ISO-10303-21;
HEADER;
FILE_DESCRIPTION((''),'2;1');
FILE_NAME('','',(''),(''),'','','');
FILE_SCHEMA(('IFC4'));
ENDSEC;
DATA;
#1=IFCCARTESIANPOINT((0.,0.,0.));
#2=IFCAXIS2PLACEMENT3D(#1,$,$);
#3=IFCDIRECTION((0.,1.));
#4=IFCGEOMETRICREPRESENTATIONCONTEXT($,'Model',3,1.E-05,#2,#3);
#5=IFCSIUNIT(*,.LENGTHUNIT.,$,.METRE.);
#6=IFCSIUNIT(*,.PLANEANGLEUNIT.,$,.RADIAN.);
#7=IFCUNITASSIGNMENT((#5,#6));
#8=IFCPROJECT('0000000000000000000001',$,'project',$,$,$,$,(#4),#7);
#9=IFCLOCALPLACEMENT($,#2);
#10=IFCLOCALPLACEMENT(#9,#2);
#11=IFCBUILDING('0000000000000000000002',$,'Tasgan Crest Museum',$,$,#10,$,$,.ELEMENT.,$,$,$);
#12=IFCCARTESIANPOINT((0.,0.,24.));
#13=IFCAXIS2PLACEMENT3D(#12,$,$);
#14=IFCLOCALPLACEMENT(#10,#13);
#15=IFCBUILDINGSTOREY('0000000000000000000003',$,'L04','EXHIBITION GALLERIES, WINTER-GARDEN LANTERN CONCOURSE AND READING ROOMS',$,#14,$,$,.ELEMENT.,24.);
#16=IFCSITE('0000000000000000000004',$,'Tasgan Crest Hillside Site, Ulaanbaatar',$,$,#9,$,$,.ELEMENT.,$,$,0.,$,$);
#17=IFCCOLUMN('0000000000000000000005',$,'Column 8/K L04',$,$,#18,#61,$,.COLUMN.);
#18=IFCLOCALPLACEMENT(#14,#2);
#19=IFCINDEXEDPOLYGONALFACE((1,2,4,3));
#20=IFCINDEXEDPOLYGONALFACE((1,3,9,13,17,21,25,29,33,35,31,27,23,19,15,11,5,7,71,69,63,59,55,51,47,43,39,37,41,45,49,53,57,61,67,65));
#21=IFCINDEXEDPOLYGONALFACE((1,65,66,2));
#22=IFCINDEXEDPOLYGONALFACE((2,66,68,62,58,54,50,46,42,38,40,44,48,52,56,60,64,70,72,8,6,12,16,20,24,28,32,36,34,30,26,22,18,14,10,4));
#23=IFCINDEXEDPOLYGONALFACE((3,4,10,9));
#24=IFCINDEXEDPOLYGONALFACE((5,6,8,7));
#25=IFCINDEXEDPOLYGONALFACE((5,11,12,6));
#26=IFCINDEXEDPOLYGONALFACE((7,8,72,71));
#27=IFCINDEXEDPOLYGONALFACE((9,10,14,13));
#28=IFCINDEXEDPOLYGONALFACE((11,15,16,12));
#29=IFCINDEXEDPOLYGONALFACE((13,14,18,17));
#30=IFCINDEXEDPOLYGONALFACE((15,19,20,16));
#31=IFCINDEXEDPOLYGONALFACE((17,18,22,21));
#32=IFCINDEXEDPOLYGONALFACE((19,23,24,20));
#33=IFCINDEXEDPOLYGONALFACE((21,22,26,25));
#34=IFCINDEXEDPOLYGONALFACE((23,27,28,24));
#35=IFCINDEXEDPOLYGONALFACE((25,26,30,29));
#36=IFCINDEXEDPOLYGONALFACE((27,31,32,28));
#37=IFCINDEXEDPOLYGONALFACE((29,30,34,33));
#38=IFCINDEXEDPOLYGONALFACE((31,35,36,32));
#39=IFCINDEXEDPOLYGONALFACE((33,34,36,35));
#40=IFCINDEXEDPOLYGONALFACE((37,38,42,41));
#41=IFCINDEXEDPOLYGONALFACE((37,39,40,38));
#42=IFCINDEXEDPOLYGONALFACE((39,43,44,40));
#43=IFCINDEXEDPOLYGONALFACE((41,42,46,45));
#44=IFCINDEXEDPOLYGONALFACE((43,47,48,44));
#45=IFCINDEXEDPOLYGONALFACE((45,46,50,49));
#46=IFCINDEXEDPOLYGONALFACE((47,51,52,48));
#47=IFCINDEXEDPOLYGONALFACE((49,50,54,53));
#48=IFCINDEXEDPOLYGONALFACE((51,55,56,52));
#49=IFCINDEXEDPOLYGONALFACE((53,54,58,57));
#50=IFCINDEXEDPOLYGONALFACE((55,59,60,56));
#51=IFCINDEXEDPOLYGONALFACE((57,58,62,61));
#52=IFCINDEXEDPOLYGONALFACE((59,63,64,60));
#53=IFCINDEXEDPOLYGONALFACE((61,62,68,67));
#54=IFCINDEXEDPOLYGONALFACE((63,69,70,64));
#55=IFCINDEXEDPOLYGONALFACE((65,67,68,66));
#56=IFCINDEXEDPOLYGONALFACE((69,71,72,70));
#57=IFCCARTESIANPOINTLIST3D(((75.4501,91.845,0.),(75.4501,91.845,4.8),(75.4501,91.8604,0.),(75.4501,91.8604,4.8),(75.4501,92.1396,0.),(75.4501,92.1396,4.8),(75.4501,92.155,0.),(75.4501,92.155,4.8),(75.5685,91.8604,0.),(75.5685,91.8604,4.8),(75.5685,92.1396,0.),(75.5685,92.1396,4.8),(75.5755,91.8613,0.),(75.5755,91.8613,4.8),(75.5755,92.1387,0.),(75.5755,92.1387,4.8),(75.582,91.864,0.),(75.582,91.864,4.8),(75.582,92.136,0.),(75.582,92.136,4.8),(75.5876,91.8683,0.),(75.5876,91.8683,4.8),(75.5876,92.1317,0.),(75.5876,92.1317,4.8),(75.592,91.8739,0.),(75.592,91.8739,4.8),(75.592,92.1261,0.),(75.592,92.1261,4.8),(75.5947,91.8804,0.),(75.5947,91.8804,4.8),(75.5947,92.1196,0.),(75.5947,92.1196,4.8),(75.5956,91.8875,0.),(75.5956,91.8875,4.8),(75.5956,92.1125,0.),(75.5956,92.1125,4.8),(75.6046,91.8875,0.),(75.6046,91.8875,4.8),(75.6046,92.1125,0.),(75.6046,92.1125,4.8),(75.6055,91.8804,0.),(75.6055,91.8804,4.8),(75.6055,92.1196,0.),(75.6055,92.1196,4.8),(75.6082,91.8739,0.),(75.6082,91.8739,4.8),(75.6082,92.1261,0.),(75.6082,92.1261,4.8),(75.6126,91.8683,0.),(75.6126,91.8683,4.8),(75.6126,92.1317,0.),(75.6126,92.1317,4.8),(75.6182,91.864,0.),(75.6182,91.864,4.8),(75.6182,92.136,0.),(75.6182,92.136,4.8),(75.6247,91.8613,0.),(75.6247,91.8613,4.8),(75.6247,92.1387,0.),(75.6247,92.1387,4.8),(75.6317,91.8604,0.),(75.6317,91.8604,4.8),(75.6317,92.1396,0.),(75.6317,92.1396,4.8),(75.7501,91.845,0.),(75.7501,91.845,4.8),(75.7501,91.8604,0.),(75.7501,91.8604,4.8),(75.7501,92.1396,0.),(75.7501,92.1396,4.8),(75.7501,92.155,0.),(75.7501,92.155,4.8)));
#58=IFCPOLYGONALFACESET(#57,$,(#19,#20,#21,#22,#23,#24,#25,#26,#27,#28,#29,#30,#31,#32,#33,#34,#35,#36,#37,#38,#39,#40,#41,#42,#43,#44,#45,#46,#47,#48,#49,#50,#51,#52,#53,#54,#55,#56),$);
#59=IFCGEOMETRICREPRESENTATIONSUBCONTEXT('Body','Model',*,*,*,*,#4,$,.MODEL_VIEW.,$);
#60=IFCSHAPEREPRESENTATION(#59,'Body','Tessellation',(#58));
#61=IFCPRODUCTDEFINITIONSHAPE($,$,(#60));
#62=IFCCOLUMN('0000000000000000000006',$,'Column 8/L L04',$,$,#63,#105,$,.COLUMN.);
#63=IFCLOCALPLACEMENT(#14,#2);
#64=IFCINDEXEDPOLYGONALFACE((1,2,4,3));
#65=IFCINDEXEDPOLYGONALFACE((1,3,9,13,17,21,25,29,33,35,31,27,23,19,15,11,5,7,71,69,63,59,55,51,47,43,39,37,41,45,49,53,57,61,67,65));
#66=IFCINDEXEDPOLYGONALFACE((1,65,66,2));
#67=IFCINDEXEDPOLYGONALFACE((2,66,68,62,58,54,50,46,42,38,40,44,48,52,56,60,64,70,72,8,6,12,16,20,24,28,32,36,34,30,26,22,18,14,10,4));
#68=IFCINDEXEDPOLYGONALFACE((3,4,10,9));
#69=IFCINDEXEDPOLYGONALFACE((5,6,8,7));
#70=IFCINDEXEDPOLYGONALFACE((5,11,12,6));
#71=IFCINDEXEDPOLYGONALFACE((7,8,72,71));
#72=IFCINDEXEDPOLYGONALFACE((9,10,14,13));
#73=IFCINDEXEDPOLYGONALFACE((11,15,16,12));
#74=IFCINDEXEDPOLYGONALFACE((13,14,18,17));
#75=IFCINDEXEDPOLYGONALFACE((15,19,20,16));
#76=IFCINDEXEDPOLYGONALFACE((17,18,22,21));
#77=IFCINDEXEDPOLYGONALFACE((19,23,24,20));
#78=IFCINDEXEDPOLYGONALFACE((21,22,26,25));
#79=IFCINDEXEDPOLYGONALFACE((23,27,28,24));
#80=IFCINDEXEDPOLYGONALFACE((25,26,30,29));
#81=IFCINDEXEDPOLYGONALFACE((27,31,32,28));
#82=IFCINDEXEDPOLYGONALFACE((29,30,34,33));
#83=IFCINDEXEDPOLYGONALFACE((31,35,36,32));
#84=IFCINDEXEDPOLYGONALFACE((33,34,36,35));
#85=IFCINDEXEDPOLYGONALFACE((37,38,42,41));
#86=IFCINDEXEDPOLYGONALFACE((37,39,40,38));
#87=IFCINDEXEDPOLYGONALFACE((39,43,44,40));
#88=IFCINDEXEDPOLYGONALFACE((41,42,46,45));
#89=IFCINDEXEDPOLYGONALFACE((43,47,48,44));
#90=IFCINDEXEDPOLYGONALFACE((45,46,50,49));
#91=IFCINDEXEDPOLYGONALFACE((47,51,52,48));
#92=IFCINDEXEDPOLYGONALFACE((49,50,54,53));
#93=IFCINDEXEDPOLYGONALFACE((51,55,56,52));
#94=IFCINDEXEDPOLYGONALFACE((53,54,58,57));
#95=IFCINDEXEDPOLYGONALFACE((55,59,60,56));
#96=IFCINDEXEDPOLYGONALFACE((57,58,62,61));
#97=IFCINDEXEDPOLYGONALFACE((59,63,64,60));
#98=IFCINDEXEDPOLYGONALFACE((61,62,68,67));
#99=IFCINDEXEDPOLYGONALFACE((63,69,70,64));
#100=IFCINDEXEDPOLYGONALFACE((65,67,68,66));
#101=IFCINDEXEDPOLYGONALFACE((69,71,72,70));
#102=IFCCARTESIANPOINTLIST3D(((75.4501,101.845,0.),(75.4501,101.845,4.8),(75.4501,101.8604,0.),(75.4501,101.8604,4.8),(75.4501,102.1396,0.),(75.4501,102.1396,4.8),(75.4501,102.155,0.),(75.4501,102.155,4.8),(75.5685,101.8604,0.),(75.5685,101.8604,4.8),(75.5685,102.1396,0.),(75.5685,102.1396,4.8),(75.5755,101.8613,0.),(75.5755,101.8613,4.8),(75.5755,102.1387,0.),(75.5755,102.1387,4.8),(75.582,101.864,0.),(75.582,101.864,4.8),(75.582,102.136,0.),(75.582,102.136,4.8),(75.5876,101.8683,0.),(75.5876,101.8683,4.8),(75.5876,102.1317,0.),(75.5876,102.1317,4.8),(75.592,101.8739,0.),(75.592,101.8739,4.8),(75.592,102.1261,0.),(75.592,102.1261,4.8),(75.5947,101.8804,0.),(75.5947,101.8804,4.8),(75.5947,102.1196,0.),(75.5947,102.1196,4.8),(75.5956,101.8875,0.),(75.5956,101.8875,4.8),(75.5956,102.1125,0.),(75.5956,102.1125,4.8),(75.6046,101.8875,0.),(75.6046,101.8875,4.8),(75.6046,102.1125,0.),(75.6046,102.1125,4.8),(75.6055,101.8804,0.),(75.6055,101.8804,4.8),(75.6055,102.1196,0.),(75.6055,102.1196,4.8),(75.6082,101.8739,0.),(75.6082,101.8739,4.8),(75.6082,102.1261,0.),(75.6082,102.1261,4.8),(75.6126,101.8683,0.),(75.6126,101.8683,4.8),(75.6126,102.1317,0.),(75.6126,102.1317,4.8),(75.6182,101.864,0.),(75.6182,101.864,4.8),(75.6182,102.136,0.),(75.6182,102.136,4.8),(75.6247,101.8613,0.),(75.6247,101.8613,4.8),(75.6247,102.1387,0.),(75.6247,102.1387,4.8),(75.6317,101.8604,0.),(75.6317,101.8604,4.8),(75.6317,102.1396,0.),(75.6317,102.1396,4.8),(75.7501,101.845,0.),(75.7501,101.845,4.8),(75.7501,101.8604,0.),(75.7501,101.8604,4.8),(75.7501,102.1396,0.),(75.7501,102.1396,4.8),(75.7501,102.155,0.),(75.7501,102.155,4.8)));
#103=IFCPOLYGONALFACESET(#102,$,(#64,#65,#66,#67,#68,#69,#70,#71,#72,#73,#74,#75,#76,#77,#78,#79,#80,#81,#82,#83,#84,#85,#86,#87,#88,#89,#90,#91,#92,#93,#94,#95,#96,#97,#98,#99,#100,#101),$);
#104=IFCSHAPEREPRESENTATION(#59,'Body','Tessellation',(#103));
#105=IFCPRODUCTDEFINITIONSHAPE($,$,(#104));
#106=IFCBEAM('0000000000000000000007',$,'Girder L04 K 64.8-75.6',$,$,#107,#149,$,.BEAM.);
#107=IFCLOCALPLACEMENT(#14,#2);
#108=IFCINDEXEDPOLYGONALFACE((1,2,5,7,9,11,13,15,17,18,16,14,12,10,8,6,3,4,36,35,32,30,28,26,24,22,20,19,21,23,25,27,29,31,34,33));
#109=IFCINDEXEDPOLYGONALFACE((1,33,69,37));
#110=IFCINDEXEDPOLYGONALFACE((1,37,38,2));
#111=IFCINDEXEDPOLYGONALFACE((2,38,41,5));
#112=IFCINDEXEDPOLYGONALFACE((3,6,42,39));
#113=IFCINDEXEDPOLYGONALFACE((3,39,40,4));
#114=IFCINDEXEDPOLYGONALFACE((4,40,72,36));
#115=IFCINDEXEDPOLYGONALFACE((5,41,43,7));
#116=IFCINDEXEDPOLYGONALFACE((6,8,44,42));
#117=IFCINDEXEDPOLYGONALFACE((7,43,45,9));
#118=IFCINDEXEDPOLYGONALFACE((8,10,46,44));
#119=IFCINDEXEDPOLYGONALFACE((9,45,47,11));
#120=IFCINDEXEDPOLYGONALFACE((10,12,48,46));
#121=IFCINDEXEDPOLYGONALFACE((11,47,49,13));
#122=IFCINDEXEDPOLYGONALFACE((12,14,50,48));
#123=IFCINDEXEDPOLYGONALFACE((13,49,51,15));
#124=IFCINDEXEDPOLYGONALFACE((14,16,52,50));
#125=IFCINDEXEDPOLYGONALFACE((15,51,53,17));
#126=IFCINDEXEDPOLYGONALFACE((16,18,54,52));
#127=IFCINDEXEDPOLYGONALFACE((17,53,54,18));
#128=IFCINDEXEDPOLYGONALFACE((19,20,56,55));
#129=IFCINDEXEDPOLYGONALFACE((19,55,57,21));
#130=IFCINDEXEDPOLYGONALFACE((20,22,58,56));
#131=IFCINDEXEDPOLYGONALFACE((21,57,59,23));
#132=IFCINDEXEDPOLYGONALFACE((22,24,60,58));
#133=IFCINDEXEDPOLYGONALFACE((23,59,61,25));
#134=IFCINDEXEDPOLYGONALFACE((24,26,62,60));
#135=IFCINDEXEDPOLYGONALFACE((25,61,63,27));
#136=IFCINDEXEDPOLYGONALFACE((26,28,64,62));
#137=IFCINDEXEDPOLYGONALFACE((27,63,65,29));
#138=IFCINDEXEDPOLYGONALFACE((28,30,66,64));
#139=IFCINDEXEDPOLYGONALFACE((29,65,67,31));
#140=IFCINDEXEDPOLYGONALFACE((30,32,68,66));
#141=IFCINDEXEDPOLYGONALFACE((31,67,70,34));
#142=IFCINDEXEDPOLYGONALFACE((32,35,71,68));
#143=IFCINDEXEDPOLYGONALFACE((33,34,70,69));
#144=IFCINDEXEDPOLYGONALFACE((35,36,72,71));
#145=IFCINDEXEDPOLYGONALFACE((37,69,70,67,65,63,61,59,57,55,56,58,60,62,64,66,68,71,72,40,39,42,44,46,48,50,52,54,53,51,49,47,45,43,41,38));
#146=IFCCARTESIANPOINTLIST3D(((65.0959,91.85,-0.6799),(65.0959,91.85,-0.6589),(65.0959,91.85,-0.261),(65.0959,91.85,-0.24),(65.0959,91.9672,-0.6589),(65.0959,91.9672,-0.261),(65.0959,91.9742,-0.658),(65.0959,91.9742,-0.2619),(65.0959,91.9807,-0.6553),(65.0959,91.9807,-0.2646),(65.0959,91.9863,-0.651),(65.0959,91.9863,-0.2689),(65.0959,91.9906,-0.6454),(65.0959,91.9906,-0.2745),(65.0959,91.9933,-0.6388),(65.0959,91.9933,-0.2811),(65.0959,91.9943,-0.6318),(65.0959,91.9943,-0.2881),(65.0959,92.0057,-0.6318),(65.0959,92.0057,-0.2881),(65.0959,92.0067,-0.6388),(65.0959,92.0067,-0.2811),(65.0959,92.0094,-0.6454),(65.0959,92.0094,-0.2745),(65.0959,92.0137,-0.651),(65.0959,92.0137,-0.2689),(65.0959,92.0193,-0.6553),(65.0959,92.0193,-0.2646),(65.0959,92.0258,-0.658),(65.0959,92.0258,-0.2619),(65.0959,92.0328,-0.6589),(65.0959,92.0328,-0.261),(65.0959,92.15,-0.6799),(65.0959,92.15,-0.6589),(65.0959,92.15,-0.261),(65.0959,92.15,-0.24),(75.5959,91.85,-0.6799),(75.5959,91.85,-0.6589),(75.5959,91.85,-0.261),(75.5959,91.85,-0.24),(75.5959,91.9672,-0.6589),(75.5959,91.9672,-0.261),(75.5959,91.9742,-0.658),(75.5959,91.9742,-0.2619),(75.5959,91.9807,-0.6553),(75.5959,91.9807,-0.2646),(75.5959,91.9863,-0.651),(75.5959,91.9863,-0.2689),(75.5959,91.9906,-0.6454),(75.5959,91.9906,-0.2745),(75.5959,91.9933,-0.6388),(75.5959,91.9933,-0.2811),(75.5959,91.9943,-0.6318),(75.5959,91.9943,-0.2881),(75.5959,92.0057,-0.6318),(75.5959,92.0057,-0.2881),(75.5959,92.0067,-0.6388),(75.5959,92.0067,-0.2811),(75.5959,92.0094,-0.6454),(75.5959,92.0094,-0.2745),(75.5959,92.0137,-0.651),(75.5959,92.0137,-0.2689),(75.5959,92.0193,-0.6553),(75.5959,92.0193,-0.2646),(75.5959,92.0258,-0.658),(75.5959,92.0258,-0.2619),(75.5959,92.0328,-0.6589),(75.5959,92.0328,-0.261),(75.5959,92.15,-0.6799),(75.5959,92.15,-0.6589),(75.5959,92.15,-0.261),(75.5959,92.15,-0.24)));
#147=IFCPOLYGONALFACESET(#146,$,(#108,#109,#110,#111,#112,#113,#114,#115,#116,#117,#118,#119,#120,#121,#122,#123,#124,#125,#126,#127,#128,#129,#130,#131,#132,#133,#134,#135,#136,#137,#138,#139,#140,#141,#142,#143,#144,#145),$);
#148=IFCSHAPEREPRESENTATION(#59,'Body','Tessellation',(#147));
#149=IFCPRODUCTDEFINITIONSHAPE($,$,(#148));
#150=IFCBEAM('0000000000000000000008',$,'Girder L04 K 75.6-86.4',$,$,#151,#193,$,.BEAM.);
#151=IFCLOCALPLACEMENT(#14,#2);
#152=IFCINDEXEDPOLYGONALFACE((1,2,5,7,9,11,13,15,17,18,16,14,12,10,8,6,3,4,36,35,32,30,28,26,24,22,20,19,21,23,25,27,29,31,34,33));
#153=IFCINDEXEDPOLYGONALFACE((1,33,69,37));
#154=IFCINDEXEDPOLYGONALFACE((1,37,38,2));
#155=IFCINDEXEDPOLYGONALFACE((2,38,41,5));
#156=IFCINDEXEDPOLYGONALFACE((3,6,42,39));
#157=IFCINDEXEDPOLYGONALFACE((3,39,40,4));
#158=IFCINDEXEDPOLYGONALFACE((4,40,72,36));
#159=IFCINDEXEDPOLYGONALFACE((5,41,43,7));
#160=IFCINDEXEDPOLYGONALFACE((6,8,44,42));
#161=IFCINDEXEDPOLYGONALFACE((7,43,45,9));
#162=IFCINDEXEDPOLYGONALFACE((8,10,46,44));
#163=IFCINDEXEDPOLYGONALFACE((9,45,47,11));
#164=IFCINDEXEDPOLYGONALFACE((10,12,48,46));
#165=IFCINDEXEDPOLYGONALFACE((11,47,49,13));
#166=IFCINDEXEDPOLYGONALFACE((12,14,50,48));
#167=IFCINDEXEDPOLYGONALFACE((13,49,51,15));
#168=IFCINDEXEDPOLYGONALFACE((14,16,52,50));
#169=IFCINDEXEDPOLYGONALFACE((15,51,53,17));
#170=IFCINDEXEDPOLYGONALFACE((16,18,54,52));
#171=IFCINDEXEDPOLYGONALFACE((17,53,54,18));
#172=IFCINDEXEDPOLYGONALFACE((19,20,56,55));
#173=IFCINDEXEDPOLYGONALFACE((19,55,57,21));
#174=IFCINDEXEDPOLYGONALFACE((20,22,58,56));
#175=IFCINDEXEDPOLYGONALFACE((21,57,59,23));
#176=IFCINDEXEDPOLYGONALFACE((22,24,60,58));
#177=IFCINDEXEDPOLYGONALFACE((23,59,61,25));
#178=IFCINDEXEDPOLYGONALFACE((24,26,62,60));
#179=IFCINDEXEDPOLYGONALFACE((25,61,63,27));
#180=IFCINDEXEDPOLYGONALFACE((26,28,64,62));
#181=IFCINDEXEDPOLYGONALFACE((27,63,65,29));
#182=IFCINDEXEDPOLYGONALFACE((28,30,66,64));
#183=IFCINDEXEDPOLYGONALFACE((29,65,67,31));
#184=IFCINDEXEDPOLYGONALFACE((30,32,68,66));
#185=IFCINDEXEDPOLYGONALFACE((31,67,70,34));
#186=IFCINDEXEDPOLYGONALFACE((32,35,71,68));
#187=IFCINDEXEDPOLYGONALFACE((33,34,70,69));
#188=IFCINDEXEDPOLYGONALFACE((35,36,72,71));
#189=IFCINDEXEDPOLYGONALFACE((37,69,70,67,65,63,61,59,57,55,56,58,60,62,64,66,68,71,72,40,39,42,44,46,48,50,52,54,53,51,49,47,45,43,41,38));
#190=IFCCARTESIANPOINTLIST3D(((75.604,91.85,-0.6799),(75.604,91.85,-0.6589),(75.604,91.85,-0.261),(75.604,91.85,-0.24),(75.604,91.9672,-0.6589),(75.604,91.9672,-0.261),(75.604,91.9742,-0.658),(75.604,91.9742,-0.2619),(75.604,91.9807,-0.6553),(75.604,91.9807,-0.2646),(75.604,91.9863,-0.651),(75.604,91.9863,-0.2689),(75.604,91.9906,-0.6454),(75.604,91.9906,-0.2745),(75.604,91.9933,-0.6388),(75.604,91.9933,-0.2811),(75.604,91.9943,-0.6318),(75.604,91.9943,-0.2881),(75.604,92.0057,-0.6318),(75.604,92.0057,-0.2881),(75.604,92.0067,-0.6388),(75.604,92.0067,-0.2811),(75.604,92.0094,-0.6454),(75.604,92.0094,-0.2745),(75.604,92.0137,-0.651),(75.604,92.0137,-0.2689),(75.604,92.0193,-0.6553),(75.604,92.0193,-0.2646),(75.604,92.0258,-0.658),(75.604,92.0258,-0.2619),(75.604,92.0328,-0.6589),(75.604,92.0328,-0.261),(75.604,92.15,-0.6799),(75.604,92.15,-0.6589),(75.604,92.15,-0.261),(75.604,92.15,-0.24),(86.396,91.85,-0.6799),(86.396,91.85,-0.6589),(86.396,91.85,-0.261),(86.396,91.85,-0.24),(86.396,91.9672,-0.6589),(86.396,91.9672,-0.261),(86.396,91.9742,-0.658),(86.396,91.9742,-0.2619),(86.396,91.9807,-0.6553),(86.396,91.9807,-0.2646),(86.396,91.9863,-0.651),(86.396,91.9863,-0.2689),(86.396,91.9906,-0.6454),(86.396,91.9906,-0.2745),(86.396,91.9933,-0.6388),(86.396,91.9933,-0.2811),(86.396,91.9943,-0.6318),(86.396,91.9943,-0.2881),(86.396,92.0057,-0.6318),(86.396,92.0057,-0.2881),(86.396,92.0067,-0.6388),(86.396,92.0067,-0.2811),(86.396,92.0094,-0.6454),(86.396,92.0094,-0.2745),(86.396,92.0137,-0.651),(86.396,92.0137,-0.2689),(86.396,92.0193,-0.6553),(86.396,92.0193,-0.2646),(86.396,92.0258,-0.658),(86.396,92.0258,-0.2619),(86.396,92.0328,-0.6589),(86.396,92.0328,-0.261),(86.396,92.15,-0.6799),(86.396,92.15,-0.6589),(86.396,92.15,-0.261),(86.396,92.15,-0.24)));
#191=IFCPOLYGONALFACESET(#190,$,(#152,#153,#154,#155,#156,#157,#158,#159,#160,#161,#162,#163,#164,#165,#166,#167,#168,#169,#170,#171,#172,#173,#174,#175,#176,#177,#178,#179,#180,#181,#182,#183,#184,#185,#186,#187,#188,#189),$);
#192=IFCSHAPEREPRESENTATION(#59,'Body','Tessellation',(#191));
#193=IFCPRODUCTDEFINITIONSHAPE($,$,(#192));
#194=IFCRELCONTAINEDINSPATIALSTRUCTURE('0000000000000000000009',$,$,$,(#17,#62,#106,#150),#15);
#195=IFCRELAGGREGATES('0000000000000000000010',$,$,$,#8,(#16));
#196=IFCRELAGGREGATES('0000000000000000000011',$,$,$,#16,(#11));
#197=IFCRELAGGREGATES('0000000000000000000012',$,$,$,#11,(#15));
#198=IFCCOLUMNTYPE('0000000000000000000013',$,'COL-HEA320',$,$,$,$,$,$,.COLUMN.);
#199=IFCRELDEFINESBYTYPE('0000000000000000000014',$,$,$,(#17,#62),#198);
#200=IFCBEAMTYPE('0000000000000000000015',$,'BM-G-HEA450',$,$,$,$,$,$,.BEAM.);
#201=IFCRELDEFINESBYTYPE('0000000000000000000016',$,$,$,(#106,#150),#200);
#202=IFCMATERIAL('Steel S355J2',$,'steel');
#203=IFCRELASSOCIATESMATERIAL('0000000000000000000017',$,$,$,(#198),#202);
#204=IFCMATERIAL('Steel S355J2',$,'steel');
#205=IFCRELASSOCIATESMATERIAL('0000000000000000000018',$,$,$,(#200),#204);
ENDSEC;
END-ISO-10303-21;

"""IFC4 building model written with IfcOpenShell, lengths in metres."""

from ifc_helpers import new_model, si_unit, direction, frame, origin, origin_2d, place, context, subcontext, project, spatial, i_section, extrude, material, material_profile, profile_set, type_object, element, save


model = new_model("IFC4")

# Units and contexts
model_context = context("Model", 3, precision=1e-05, world=origin(), true_north=direction((0.0, 1.0)))
body_context = subcontext(model_context, "Body", "Model", "MODEL_VIEW")
ifc_project = project(units=[si_unit("LENGTHUNIT", "METRE"), si_unit("PLANEANGLEUNIT", "RADIAN")], contexts=[model_context])

# Site, building, storey
site_placement = place(None, origin())
site = spatial("IfcSite", under=ifc_project, at=site_placement, Name="Tasgan Crest Hillside Site, Ulaanbaatar", CompositionType="ELEMENT", RefElevation=0.0)
building_placement = place(site_placement, origin())
building = spatial("IfcBuilding", under=site, at=building_placement, Name="Tasgan Crest Museum", CompositionType="ELEMENT")
storey_placement = place(building_placement, frame((0.0, 0.0, 24.0)))
storey = spatial("IfcBuildingStorey", under=building, at=storey_placement, Name="L04", Description="EXHIBITION GALLERIES, WINTER-GARDEN LANTERN CONCOURSE AND READING ROOMS", CompositionType="ELEMENT", Elevation=24.0)

# Columns
ifc_material_1 = material(Name="Steel S355J2", Category="steel")
ifc_material_profile_1 = material_profile(ifc_material_1, i_section(OverallWidth=0.3, OverallDepth=0.3101, WebThickness=0.009, FlangeThickness=0.0154, FilletRadius=0.0271, at=origin_2d()), Name="HEA 320")
ifc_profile_set_1 = profile_set([ifc_material_profile_1], Name="Steel S355J2")
column_type = type_object("IfcColumnType", Name="COL-HEA320", PredefinedType="COLUMN", material=ifc_profile_set_1)
for number, where, z_axis, x_axis, name in (
    (1, (75.6001, 92.0, 0.0), (0.0, 0.0, 1.0), (1.0, 0.0, 0.0), "Column 8/K L04"),
    (2, (75.6001, 102.0, 0.0), (0.0, 0.0, 1.0), (1.0, 0.0, 0.0), "Column 8/L L04"),
):
    element("IfcColumn", number, at=place(storey_placement, frame(where, z_axis=z_axis, x_axis=x_axis)), inside=storey, type_object=column_type, Name=name, PredefinedType="COLUMN", context=body_context, shape_type="SweptSolid", body=[
        extrude(i_section(OverallWidth=0.3, OverallDepth=0.3101, WebThickness=0.009, FlangeThickness=0.0154, FilletRadius=0.0271, at=origin_2d()), origin(), (0.0, 0.0, 1.0), 4.8),
    ])

# Beams
ifc_material_2 = material(Name="Steel S355J2", Category="steel")
ifc_material_profile_2 = material_profile(ifc_material_2, i_section(OverallWidth=0.3, OverallDepth=0.4399, WebThickness=0.0115, FlangeThickness=0.021, FilletRadius=0.0271, at=origin_2d()), Name="HEA 450")
ifc_profile_set_2 = profile_set([ifc_material_profile_2], Name="Steel S355J2")
beam_type_1 = type_object("IfcBeamType", Name="BM-G-HEA450", PredefinedType="BEAM", material=ifc_profile_set_2)
beam_1_placement = place(storey_placement, frame((65.0959, 92.0, -0.46), z_axis=(1.0, 0.0, 0.0), x_axis=(0.0, 1.0, 0.0)))
element("IfcBeam", 3, at=beam_1_placement, inside=storey, type_object=beam_type_1, Name="Girder L04 K 64.8-75.6", PredefinedType="BEAM", context=body_context, shape_type="SweptSolid", body=[
    extrude(i_section(OverallWidth=0.3, OverallDepth=0.4399, WebThickness=0.0115, FlangeThickness=0.021, FilletRadius=0.0271, at=origin_2d()), origin(), (0.0, 0.0, 1.0), 10.5),
])
for number, where, z_axis, x_axis, name in (
    (4, (75.604, 92.0, -0.46), (1.0, 0.0, 0.0), (0.0, 1.0, 0.0), "Girder L04 K 75.6-86.4"),
):
    element("IfcBeam", number, at=place(storey_placement, frame(where, z_axis=z_axis, x_axis=x_axis)), inside=storey, type_object=beam_type_1, Name=name, PredefinedType="BEAM", context=body_context, shape_type="SweptSolid", body=[
        extrude(i_section(OverallWidth=0.3, OverallDepth=0.4399, WebThickness=0.0115, FlangeThickness=0.021, FilletRadius=0.0271, at=origin_2d()), origin(), (0.0, 0.0, 1.0), 10.792),
    ])

save(model, "model.ifc")
